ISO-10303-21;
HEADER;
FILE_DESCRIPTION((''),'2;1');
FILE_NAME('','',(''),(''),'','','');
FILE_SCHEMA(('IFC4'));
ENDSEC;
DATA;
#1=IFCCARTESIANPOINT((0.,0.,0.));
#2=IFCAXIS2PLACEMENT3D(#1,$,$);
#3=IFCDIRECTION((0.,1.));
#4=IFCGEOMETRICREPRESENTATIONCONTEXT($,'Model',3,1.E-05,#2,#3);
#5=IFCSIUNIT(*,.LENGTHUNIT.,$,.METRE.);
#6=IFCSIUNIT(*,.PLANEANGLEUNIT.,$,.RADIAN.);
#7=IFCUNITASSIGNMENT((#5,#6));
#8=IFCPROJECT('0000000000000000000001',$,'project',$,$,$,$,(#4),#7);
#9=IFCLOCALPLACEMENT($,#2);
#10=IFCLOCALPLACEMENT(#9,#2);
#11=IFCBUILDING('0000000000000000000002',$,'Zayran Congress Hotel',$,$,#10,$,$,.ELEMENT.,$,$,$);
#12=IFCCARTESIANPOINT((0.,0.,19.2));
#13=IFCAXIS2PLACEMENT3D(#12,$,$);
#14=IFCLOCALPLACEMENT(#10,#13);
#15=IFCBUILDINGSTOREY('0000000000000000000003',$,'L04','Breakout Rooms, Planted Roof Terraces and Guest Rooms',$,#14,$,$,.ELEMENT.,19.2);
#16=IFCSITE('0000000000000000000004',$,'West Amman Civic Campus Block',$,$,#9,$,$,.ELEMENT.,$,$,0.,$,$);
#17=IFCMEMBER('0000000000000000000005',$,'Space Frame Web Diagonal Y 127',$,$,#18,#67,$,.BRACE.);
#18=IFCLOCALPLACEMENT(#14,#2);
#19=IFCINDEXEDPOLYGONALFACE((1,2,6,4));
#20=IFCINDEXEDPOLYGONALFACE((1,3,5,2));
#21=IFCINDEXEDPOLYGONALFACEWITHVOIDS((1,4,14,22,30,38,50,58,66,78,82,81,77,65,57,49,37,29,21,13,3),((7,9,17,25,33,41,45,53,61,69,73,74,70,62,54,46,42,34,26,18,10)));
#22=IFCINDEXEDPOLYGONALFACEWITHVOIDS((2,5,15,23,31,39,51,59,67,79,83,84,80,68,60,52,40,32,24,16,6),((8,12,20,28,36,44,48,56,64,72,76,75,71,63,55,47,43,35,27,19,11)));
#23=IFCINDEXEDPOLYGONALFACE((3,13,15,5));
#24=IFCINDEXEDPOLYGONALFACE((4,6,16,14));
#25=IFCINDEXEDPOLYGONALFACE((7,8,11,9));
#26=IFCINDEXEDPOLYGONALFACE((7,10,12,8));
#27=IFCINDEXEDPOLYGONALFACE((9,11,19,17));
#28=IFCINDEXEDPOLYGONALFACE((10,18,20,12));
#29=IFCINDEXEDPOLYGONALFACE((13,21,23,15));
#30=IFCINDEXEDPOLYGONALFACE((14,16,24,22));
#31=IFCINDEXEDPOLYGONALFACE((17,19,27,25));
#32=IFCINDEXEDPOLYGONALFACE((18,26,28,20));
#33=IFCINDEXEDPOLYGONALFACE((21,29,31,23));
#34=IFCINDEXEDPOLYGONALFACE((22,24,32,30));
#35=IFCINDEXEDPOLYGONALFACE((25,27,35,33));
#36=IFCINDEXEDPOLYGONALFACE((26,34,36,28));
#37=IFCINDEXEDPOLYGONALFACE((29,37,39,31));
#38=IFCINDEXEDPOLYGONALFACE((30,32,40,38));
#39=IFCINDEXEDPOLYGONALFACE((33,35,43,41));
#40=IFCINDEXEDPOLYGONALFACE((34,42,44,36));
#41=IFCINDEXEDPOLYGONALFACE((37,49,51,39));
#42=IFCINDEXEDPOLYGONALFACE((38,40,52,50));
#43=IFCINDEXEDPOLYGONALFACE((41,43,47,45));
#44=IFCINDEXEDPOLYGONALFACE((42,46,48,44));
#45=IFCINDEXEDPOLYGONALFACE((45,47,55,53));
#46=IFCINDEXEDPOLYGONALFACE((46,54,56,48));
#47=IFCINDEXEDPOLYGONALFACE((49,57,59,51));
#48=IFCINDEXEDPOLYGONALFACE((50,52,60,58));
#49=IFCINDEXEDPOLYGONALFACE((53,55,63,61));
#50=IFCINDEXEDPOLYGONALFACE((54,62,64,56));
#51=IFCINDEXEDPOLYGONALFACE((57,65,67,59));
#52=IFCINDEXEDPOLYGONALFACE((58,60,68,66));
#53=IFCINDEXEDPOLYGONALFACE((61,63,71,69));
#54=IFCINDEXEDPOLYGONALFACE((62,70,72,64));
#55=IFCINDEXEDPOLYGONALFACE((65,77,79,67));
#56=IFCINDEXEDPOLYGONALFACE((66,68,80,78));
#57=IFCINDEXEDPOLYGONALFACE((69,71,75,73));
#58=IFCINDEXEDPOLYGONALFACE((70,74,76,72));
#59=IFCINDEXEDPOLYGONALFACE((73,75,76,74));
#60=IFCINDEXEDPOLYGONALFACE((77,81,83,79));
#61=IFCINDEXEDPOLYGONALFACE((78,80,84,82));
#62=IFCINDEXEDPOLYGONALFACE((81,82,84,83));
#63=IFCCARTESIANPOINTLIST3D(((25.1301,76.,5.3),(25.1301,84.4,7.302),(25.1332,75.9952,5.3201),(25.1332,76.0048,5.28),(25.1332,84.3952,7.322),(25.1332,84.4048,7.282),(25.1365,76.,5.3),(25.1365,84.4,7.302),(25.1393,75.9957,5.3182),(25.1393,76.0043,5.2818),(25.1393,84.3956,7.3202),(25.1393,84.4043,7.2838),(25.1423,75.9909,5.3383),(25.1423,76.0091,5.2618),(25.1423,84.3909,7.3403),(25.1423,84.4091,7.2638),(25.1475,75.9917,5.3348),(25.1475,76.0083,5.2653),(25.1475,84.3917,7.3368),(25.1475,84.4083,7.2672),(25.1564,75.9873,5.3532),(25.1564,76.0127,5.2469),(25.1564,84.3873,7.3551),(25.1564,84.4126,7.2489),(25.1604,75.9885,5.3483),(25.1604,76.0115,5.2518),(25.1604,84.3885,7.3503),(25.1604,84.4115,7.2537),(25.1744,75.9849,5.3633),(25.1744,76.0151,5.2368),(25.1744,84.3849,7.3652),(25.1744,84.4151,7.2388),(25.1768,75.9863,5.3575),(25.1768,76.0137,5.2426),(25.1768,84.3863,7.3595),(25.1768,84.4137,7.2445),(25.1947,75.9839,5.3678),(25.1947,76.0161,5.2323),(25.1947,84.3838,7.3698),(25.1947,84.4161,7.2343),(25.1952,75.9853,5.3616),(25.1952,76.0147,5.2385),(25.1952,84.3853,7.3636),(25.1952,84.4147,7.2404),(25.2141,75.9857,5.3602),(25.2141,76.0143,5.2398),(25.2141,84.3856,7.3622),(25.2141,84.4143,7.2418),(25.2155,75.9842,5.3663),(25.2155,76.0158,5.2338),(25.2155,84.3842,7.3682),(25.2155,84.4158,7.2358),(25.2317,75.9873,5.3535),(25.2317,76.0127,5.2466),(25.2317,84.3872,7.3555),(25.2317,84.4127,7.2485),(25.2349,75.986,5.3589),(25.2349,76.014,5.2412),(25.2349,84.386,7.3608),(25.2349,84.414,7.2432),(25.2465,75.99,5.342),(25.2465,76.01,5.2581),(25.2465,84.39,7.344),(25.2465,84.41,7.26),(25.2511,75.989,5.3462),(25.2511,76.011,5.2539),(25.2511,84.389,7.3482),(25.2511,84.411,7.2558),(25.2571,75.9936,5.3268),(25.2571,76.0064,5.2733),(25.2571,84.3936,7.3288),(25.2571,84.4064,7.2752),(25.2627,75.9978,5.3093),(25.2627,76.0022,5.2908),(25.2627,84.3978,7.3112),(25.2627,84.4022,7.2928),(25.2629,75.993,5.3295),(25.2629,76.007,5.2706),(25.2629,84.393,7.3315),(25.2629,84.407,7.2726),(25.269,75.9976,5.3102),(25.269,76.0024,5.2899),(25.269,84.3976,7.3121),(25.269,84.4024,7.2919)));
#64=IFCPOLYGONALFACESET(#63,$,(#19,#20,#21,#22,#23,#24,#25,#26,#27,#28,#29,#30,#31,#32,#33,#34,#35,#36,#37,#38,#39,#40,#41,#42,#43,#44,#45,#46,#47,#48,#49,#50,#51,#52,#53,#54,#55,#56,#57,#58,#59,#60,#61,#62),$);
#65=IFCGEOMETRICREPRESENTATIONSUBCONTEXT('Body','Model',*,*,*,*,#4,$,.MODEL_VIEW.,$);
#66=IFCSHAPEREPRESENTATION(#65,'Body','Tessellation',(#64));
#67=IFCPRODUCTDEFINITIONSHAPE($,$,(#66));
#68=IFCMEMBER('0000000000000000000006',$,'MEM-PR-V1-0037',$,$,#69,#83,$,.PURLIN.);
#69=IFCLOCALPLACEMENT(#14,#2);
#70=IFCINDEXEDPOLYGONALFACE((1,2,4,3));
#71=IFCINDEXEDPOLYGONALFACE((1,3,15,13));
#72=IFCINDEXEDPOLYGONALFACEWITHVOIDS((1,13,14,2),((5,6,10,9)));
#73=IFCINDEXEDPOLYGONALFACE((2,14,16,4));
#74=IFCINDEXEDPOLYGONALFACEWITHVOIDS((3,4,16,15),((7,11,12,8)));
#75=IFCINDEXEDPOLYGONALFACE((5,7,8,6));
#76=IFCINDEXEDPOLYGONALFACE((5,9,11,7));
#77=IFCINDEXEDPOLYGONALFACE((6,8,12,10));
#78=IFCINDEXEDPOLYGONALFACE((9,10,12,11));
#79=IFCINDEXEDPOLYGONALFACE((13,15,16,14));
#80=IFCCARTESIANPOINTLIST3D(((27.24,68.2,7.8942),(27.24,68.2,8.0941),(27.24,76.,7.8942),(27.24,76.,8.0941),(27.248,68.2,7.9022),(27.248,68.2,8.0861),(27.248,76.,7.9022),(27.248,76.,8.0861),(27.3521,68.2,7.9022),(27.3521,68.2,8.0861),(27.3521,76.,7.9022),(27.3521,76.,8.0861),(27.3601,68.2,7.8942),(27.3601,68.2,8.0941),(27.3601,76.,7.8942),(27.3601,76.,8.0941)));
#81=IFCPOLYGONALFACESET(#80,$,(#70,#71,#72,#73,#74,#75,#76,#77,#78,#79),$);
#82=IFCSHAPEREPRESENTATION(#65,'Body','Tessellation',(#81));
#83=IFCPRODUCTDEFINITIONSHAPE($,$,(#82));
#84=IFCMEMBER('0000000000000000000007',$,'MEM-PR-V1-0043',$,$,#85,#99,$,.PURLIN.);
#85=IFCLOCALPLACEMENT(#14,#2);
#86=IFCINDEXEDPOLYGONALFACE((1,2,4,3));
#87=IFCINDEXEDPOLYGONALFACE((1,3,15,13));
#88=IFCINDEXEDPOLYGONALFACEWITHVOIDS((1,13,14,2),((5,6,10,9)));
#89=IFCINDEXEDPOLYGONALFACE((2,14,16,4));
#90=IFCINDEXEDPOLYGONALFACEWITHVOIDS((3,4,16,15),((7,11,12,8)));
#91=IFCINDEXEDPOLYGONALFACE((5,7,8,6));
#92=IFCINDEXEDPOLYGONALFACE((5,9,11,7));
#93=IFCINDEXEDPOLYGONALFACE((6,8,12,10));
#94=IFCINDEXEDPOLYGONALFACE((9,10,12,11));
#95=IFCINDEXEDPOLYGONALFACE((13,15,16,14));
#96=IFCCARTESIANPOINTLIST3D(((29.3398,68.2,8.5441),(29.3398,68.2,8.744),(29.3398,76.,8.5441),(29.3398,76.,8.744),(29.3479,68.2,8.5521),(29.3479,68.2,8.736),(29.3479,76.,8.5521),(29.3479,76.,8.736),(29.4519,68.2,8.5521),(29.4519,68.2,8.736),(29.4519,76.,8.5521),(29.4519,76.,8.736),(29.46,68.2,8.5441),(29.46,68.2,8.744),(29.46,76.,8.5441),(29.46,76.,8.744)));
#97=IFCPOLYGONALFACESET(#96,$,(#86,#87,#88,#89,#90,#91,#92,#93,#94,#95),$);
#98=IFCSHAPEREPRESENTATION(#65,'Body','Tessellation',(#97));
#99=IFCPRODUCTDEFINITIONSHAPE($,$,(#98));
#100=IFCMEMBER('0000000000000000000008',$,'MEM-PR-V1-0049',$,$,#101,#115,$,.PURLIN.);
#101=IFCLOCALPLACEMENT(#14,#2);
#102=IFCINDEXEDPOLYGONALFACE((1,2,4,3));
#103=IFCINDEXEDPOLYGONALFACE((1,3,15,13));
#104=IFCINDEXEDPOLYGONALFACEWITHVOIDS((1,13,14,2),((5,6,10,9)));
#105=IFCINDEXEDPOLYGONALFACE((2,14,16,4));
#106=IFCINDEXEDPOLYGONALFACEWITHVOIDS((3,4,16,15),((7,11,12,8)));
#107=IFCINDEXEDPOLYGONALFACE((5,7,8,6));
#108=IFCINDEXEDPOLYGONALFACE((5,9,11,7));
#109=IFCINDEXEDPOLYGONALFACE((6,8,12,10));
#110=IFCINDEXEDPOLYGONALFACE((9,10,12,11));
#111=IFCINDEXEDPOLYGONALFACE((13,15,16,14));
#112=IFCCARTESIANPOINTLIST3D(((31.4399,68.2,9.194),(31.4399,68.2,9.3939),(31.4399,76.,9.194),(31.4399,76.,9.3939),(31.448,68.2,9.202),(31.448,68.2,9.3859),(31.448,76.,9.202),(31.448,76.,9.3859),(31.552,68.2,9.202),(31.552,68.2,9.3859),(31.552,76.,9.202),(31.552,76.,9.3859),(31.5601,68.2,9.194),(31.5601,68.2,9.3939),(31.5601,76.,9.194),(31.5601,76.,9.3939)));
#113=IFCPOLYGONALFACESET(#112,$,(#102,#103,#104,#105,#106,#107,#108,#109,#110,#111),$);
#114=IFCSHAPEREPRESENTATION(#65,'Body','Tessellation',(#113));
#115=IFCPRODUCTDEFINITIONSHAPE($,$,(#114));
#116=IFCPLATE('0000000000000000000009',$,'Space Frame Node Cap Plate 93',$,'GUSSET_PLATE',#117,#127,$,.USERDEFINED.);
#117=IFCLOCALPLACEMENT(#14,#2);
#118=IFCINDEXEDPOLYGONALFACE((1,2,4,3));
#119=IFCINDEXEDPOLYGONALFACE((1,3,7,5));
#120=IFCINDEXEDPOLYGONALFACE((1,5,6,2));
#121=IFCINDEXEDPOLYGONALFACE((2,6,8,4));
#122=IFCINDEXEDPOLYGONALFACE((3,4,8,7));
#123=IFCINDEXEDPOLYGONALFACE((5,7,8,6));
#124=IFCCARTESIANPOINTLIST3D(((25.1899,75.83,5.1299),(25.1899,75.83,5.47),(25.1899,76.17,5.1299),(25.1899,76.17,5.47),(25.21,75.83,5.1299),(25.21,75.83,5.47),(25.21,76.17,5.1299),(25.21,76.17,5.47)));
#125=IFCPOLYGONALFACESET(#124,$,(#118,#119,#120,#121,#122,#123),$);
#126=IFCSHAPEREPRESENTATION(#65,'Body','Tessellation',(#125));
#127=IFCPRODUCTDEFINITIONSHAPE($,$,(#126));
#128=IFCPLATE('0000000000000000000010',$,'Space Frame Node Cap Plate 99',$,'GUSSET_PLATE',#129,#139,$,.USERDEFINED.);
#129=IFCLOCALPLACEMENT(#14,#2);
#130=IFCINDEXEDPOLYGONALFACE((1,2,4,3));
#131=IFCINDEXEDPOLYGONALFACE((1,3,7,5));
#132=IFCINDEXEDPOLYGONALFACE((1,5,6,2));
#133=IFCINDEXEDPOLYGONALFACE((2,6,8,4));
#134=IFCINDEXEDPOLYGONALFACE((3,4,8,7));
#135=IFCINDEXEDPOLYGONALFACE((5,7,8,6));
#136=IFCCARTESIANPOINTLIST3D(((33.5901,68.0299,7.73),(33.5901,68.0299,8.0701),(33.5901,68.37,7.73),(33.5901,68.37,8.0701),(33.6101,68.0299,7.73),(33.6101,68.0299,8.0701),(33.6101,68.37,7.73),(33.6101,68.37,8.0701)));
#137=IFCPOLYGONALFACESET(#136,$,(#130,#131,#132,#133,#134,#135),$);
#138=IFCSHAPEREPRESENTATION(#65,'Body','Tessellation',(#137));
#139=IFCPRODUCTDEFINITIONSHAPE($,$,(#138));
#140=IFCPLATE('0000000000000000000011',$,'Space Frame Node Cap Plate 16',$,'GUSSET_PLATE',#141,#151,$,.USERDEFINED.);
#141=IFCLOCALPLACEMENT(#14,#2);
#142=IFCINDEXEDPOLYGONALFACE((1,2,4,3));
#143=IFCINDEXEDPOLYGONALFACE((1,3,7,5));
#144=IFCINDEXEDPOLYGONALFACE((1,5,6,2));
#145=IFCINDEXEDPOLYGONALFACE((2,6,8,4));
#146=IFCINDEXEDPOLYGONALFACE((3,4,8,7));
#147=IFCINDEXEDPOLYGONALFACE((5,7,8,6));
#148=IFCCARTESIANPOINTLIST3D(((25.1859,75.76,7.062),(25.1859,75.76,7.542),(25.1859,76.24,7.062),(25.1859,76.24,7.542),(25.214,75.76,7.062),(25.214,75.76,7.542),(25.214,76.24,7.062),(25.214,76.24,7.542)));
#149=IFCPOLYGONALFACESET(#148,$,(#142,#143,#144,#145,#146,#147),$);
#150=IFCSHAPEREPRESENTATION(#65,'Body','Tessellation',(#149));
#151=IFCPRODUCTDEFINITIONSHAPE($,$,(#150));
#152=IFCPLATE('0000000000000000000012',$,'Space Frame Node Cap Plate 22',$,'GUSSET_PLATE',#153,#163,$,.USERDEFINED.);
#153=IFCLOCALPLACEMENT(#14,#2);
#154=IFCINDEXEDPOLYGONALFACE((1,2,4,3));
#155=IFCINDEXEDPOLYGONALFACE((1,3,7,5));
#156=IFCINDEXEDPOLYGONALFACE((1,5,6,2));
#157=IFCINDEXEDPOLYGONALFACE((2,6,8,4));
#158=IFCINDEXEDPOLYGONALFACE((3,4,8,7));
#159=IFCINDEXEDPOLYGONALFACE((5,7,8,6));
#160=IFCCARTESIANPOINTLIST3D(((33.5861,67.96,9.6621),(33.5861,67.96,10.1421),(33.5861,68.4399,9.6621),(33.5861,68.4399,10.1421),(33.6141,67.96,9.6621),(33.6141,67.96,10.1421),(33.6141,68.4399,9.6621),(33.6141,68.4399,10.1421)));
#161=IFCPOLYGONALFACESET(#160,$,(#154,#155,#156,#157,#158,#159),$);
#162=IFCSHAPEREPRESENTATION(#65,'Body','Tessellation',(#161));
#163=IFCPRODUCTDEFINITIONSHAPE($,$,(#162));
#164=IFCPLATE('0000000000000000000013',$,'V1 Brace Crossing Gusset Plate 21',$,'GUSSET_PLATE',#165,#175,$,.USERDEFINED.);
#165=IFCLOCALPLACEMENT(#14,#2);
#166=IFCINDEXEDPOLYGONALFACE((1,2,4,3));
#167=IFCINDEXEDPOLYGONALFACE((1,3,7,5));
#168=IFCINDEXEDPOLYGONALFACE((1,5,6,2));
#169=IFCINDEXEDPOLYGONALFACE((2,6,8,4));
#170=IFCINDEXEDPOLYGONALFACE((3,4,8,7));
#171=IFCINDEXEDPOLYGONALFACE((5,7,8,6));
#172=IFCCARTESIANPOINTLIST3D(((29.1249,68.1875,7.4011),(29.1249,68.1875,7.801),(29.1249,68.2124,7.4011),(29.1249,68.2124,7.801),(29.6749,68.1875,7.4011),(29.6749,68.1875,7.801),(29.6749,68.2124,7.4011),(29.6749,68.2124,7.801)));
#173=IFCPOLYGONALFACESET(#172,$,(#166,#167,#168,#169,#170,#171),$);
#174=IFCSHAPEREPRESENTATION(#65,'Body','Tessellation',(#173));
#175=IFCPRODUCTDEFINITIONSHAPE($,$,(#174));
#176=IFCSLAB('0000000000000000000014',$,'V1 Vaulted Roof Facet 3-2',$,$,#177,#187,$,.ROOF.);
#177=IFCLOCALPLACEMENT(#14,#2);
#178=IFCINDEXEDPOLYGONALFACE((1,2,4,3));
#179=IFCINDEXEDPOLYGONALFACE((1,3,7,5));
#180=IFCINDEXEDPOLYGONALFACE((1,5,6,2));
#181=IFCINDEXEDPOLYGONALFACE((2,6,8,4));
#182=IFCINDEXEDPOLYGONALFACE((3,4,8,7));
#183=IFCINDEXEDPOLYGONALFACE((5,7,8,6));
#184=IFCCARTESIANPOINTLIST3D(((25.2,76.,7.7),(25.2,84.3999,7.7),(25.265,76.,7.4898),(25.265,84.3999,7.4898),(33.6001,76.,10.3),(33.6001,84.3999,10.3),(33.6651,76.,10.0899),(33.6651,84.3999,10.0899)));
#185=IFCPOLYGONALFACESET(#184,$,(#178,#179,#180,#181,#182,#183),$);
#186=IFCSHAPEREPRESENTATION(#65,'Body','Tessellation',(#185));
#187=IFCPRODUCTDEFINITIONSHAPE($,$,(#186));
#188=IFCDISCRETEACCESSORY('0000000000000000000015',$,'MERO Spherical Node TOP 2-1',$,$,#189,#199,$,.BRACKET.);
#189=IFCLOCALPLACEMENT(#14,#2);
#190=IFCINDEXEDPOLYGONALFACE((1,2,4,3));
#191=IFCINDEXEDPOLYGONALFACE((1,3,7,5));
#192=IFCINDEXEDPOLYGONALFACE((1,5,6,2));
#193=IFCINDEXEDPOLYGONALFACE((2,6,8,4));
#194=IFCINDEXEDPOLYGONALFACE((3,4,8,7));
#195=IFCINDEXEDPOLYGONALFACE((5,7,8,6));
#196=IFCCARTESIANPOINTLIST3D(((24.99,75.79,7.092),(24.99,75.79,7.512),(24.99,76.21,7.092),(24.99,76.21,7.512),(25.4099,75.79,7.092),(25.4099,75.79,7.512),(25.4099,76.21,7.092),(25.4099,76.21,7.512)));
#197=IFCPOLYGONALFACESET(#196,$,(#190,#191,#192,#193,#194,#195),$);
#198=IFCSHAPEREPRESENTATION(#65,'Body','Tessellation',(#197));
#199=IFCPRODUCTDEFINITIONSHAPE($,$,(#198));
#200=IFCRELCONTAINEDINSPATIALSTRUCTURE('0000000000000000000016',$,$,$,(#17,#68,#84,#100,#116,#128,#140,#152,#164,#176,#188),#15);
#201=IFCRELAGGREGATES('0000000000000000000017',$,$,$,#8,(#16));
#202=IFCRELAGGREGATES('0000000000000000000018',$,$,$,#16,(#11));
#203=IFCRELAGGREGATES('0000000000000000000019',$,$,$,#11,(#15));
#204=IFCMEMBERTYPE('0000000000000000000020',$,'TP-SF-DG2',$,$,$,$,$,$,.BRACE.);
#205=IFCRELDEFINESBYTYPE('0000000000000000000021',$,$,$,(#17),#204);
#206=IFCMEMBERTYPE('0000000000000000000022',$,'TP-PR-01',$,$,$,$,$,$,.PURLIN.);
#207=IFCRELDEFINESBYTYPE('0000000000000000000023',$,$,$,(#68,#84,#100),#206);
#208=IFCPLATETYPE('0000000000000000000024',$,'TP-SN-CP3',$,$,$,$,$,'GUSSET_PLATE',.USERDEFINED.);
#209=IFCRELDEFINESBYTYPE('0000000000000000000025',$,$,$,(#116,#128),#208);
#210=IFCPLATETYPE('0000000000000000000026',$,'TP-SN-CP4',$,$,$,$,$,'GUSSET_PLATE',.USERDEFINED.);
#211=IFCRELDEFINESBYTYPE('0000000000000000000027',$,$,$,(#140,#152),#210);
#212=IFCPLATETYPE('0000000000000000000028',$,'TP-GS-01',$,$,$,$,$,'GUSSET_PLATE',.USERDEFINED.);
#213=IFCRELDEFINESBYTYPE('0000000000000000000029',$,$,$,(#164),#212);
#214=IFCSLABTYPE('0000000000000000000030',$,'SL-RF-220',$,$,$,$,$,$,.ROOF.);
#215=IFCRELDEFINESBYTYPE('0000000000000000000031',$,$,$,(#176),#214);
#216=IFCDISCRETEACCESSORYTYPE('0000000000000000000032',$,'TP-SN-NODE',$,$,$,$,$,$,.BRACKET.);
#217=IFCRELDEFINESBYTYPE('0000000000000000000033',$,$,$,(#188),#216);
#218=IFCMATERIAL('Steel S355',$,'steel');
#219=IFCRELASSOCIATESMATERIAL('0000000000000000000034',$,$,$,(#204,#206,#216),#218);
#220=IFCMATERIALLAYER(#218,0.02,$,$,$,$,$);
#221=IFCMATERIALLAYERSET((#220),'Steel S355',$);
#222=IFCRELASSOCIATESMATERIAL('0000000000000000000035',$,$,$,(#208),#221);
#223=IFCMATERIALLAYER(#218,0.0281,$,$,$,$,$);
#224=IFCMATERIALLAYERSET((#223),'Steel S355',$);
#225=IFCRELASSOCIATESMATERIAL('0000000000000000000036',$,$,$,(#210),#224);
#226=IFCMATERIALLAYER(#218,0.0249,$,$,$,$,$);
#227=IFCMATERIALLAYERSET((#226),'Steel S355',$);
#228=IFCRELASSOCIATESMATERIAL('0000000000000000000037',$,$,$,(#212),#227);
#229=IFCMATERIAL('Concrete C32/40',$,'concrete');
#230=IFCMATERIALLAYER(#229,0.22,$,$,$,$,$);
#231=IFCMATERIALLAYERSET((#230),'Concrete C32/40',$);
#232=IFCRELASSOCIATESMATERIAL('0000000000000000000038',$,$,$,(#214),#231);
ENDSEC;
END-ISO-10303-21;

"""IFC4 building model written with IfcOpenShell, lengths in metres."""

from ifc_helpers import new_model, si_unit, direction, frame, origin, origin_2d, place, context, subcontext, project, spatial, polyline, rectangle, hollow_rectangle, hollow_circle, outline, extrude, material, layer, layer_set, material_profile, profile_set, type_object, element, save


model = new_model("IFC4")

# Units and contexts
model_context = context("Model", 3, precision=1e-05, world=origin(), true_north=direction((0.0, 1.0)))
body_context = subcontext(model_context, "Body", "Model", "MODEL_VIEW")
ifc_project = project(units=[si_unit("LENGTHUNIT", "METRE"), si_unit("PLANEANGLEUNIT", "RADIAN")], contexts=[model_context])

# Site, building, storey
site_placement = place(None, origin())
site = spatial("IfcSite", under=ifc_project, at=site_placement, Name="West Amman Civic Campus Block", CompositionType="ELEMENT", RefElevation=0.0)
building_placement = place(site_placement, origin())
building = spatial("IfcBuilding", under=site, at=building_placement, Name="Zayran Congress Hotel", CompositionType="ELEMENT")
storey_placement = place(building_placement, frame((0.0, 0.0, 19.2)))
storey = spatial("IfcBuildingStorey", under=building, at=storey_placement, Name="L04", Description="Breakout Rooms, Planted Roof Terraces and Guest Rooms", CompositionType="ELEMENT", Elevation=19.2)

# Shared definitions
ifc_material_1 = material(Name="Steel S355", Category="steel")

# Members
ifc_material_profile_1 = material_profile(ifc_material_1, hollow_circle(Radius=0.0698, WallThickness=0.0063, at=origin_2d()), Name="CHS 139.7x6.3")
ifc_profile_set_1 = profile_set([ifc_material_profile_1], Name="Steel S355")
member_type_1 = type_object("IfcMemberType", Name="TP-SF-DG2", PredefinedType="BRACE", material=ifc_profile_set_1)
member_1_placement = place(storey_placement, frame((25.2, 76.0, 5.3), z_axis=(0.0, 0.972755, 0.231837), x_axis=(-1.0, 0.0, 0.0)))
element("IfcMember", 1, at=member_1_placement, inside=storey, type_object=member_type_1, Name="Space Frame Web Diagonal Y 127", PredefinedType="BRACE", context=body_context, shape_type="SweptSolid", body=[
    extrude(hollow_circle(Radius=0.0698, WallThickness=0.0063, at=origin_2d()), origin(), (0.0, 0.0, 1.0), 8.6353),
])
ifc_material_profile_2 = material_profile(ifc_material_1, hollow_rectangle(XDim=0.1201, YDim=0.2, WallThickness=0.0081, at=origin_2d()), Name="RHS 200x120x8")
ifc_profile_set_2 = profile_set([ifc_material_profile_2], Name="Steel S355")
member_type_2 = type_object("IfcMemberType", Name="TP-PR-01", PredefinedType="PURLIN", material=ifc_profile_set_2)
for number, where, z_axis, x_axis, name in (
    (2, (27.3, 68.2, 7.9941), (0.0, 1.0, 0.0), (-1.0, 0.0, 0.0), "MEM-PR-V1-0037"),
    (3, (29.3999, 68.2, 8.644), (0.0, 1.0, 0.0), (-1.0, 0.0, 0.0), "MEM-PR-V1-0043"),
    (4, (31.5, 68.2, 9.2939), (0.0, 1.0, 0.0), (-1.0, 0.0, 0.0), "MEM-PR-V1-0049"),
):
    element("IfcMember", number, at=place(storey_placement, frame(where, z_axis=z_axis, x_axis=x_axis)), inside=storey, type_object=member_type_2, Name=name, PredefinedType="PURLIN", context=body_context, shape_type="SweptSolid", body=[
        extrude(hollow_rectangle(XDim=0.1201, YDim=0.2, WallThickness=0.0081, at=origin_2d()), origin(), (0.0, 0.0, 1.0), 7.8),
    ])

# Plates
ifc_layer_1 = layer(ifc_material_1, 0.02)
ifc_layer_set_1 = layer_set([ifc_layer_1], Name="Steel S355")
plate_type_1 = type_object("IfcPlateType", Name="TP-SN-CP3", ElementType="GUSSET_PLATE", PredefinedType="USERDEFINED", material=ifc_layer_set_1)
for number, where, z_axis, x_axis, name in (
    (5, (25.2, 76.0, 5.1299), (0.0, 0.0, 1.0), (0.0, 1.0, 0.0), "Space Frame Node Cap Plate 93"),
    (6, (33.6001, 68.2, 7.73), (0.0, 0.0, 1.0), (0.0, 1.0, 0.0), "Space Frame Node Cap Plate 99"),
):
    element("IfcPlate", number, at=place(storey_placement, frame(where, z_axis=z_axis, x_axis=x_axis)), inside=storey, type_object=plate_type_1, Name=name, ObjectType="GUSSET_PLATE", PredefinedType="USERDEFINED", context=body_context, shape_type="SweptSolid", body=[
        extrude(rectangle(XDim=0.3401, YDim=0.02, at=origin_2d()), origin(), (0.0, 0.0, 1.0), 0.3401),
    ])
ifc_layer_2 = layer(ifc_material_1, 0.0281)
ifc_layer_set_2 = layer_set([ifc_layer_2], Name="Steel S355")
plate_type_2 = type_object("IfcPlateType", Name="TP-SN-CP4", ElementType="GUSSET_PLATE", PredefinedType="USERDEFINED", material=ifc_layer_set_2)
for number, where, z_axis, x_axis, name in (
    (7, (25.2, 76.0, 7.062), (0.0, 0.0, 1.0), (0.0, 1.0, 0.0), "Space Frame Node Cap Plate 16"),
    (8, (33.6001, 68.2, 9.6621), (0.0, 0.0, 1.0), (0.0, 1.0, 0.0), "Space Frame Node Cap Plate 22"),
):
    element("IfcPlate", number, at=place(storey_placement, frame(where, z_axis=z_axis, x_axis=x_axis)), inside=storey, type_object=plate_type_2, Name=name, ObjectType="GUSSET_PLATE", PredefinedType="USERDEFINED", context=body_context, shape_type="SweptSolid", body=[
        extrude(rectangle(XDim=0.48, YDim=0.0281, at=origin_2d()), origin(), (0.0, 0.0, 1.0), 0.48),
    ])
ifc_layer_3 = layer(ifc_material_1, 0.0249)
ifc_layer_set_3 = layer_set([ifc_layer_3], Name="Steel S355")
plate_type_3 = type_object("IfcPlateType", Name="TP-GS-01", ElementType="GUSSET_PLATE", PredefinedType="USERDEFINED", material=ifc_layer_set_3)
plate_placement = place(storey_placement, frame((29.3999, 68.2, 7.4011), z_axis=(0.0, 0.0, 1.0), x_axis=(1.0, 0.0, 0.0)))
element("IfcPlate", 9, at=plate_placement, inside=storey, type_object=plate_type_3, Name="V1 Brace Crossing Gusset Plate 21", ObjectType="GUSSET_PLATE", PredefinedType="USERDEFINED", context=body_context, shape_type="SweptSolid", body=[
    extrude(rectangle(XDim=0.55, YDim=0.0249, at=origin_2d()), origin(), (0.0, 0.0, 1.0), 0.3999),
])

# Slab
ifc_material_2 = material(Name="Concrete C32/40", Category="concrete")
ifc_layer_4 = layer(ifc_material_2, 0.22)
ifc_layer_set_4 = layer_set([ifc_layer_4], Name="Concrete C32/40")
slab_type = type_object("IfcSlabType", Name="SL-RF-220", PredefinedType="ROOF", material=ifc_layer_set_4)
slab_placement = place(storey_placement, frame((25.2, 76.0, 7.7), z_axis=(-0.295689, 0.0, 0.955284), x_axis=(0.955284, 0.0, 0.295689)))
element("IfcSlab", 10, at=slab_placement, inside=storey, type_object=slab_type, Name="V1 Vaulted Roof Facet 3-2", PredefinedType="ROOF", context=body_context, shape_type="SweptSolid", body=[
    extrude(outline(polyline([(0.0, 0.0), (8.7933, 0.0), (8.7933, 8.3999), (0.0, 8.3999), (0.0, 0.0)])), origin(), (0.0, 0.0, -1.0), 0.22),
])

# Discrete accessory
discrete_accessory_type = type_object("IfcDiscreteAccessoryType", Name="TP-SN-NODE", PredefinedType="BRACKET", material=ifc_material_1)
for number, where, z_axis, x_axis, name in (
    (11, (25.2, 76.0, 7.092), (0.0, 0.0, 1.0), (1.0, 0.0, 0.0), "MERO Spherical Node TOP 2-1"),
):
    element("IfcDiscreteAccessory", number, at=place(storey_placement, frame(where, z_axis=z_axis, x_axis=x_axis)), inside=storey, type_object=discrete_accessory_type, Name=name, PredefinedType="BRACKET", context=body_context, shape_type="SweptSolid", body=[
        extrude(rectangle(XDim=0.4199, YDim=0.4199, at=origin_2d()), origin(), (0.0, 0.0, 1.0), 0.4199),
    ])

save(model, "model.ifc")
